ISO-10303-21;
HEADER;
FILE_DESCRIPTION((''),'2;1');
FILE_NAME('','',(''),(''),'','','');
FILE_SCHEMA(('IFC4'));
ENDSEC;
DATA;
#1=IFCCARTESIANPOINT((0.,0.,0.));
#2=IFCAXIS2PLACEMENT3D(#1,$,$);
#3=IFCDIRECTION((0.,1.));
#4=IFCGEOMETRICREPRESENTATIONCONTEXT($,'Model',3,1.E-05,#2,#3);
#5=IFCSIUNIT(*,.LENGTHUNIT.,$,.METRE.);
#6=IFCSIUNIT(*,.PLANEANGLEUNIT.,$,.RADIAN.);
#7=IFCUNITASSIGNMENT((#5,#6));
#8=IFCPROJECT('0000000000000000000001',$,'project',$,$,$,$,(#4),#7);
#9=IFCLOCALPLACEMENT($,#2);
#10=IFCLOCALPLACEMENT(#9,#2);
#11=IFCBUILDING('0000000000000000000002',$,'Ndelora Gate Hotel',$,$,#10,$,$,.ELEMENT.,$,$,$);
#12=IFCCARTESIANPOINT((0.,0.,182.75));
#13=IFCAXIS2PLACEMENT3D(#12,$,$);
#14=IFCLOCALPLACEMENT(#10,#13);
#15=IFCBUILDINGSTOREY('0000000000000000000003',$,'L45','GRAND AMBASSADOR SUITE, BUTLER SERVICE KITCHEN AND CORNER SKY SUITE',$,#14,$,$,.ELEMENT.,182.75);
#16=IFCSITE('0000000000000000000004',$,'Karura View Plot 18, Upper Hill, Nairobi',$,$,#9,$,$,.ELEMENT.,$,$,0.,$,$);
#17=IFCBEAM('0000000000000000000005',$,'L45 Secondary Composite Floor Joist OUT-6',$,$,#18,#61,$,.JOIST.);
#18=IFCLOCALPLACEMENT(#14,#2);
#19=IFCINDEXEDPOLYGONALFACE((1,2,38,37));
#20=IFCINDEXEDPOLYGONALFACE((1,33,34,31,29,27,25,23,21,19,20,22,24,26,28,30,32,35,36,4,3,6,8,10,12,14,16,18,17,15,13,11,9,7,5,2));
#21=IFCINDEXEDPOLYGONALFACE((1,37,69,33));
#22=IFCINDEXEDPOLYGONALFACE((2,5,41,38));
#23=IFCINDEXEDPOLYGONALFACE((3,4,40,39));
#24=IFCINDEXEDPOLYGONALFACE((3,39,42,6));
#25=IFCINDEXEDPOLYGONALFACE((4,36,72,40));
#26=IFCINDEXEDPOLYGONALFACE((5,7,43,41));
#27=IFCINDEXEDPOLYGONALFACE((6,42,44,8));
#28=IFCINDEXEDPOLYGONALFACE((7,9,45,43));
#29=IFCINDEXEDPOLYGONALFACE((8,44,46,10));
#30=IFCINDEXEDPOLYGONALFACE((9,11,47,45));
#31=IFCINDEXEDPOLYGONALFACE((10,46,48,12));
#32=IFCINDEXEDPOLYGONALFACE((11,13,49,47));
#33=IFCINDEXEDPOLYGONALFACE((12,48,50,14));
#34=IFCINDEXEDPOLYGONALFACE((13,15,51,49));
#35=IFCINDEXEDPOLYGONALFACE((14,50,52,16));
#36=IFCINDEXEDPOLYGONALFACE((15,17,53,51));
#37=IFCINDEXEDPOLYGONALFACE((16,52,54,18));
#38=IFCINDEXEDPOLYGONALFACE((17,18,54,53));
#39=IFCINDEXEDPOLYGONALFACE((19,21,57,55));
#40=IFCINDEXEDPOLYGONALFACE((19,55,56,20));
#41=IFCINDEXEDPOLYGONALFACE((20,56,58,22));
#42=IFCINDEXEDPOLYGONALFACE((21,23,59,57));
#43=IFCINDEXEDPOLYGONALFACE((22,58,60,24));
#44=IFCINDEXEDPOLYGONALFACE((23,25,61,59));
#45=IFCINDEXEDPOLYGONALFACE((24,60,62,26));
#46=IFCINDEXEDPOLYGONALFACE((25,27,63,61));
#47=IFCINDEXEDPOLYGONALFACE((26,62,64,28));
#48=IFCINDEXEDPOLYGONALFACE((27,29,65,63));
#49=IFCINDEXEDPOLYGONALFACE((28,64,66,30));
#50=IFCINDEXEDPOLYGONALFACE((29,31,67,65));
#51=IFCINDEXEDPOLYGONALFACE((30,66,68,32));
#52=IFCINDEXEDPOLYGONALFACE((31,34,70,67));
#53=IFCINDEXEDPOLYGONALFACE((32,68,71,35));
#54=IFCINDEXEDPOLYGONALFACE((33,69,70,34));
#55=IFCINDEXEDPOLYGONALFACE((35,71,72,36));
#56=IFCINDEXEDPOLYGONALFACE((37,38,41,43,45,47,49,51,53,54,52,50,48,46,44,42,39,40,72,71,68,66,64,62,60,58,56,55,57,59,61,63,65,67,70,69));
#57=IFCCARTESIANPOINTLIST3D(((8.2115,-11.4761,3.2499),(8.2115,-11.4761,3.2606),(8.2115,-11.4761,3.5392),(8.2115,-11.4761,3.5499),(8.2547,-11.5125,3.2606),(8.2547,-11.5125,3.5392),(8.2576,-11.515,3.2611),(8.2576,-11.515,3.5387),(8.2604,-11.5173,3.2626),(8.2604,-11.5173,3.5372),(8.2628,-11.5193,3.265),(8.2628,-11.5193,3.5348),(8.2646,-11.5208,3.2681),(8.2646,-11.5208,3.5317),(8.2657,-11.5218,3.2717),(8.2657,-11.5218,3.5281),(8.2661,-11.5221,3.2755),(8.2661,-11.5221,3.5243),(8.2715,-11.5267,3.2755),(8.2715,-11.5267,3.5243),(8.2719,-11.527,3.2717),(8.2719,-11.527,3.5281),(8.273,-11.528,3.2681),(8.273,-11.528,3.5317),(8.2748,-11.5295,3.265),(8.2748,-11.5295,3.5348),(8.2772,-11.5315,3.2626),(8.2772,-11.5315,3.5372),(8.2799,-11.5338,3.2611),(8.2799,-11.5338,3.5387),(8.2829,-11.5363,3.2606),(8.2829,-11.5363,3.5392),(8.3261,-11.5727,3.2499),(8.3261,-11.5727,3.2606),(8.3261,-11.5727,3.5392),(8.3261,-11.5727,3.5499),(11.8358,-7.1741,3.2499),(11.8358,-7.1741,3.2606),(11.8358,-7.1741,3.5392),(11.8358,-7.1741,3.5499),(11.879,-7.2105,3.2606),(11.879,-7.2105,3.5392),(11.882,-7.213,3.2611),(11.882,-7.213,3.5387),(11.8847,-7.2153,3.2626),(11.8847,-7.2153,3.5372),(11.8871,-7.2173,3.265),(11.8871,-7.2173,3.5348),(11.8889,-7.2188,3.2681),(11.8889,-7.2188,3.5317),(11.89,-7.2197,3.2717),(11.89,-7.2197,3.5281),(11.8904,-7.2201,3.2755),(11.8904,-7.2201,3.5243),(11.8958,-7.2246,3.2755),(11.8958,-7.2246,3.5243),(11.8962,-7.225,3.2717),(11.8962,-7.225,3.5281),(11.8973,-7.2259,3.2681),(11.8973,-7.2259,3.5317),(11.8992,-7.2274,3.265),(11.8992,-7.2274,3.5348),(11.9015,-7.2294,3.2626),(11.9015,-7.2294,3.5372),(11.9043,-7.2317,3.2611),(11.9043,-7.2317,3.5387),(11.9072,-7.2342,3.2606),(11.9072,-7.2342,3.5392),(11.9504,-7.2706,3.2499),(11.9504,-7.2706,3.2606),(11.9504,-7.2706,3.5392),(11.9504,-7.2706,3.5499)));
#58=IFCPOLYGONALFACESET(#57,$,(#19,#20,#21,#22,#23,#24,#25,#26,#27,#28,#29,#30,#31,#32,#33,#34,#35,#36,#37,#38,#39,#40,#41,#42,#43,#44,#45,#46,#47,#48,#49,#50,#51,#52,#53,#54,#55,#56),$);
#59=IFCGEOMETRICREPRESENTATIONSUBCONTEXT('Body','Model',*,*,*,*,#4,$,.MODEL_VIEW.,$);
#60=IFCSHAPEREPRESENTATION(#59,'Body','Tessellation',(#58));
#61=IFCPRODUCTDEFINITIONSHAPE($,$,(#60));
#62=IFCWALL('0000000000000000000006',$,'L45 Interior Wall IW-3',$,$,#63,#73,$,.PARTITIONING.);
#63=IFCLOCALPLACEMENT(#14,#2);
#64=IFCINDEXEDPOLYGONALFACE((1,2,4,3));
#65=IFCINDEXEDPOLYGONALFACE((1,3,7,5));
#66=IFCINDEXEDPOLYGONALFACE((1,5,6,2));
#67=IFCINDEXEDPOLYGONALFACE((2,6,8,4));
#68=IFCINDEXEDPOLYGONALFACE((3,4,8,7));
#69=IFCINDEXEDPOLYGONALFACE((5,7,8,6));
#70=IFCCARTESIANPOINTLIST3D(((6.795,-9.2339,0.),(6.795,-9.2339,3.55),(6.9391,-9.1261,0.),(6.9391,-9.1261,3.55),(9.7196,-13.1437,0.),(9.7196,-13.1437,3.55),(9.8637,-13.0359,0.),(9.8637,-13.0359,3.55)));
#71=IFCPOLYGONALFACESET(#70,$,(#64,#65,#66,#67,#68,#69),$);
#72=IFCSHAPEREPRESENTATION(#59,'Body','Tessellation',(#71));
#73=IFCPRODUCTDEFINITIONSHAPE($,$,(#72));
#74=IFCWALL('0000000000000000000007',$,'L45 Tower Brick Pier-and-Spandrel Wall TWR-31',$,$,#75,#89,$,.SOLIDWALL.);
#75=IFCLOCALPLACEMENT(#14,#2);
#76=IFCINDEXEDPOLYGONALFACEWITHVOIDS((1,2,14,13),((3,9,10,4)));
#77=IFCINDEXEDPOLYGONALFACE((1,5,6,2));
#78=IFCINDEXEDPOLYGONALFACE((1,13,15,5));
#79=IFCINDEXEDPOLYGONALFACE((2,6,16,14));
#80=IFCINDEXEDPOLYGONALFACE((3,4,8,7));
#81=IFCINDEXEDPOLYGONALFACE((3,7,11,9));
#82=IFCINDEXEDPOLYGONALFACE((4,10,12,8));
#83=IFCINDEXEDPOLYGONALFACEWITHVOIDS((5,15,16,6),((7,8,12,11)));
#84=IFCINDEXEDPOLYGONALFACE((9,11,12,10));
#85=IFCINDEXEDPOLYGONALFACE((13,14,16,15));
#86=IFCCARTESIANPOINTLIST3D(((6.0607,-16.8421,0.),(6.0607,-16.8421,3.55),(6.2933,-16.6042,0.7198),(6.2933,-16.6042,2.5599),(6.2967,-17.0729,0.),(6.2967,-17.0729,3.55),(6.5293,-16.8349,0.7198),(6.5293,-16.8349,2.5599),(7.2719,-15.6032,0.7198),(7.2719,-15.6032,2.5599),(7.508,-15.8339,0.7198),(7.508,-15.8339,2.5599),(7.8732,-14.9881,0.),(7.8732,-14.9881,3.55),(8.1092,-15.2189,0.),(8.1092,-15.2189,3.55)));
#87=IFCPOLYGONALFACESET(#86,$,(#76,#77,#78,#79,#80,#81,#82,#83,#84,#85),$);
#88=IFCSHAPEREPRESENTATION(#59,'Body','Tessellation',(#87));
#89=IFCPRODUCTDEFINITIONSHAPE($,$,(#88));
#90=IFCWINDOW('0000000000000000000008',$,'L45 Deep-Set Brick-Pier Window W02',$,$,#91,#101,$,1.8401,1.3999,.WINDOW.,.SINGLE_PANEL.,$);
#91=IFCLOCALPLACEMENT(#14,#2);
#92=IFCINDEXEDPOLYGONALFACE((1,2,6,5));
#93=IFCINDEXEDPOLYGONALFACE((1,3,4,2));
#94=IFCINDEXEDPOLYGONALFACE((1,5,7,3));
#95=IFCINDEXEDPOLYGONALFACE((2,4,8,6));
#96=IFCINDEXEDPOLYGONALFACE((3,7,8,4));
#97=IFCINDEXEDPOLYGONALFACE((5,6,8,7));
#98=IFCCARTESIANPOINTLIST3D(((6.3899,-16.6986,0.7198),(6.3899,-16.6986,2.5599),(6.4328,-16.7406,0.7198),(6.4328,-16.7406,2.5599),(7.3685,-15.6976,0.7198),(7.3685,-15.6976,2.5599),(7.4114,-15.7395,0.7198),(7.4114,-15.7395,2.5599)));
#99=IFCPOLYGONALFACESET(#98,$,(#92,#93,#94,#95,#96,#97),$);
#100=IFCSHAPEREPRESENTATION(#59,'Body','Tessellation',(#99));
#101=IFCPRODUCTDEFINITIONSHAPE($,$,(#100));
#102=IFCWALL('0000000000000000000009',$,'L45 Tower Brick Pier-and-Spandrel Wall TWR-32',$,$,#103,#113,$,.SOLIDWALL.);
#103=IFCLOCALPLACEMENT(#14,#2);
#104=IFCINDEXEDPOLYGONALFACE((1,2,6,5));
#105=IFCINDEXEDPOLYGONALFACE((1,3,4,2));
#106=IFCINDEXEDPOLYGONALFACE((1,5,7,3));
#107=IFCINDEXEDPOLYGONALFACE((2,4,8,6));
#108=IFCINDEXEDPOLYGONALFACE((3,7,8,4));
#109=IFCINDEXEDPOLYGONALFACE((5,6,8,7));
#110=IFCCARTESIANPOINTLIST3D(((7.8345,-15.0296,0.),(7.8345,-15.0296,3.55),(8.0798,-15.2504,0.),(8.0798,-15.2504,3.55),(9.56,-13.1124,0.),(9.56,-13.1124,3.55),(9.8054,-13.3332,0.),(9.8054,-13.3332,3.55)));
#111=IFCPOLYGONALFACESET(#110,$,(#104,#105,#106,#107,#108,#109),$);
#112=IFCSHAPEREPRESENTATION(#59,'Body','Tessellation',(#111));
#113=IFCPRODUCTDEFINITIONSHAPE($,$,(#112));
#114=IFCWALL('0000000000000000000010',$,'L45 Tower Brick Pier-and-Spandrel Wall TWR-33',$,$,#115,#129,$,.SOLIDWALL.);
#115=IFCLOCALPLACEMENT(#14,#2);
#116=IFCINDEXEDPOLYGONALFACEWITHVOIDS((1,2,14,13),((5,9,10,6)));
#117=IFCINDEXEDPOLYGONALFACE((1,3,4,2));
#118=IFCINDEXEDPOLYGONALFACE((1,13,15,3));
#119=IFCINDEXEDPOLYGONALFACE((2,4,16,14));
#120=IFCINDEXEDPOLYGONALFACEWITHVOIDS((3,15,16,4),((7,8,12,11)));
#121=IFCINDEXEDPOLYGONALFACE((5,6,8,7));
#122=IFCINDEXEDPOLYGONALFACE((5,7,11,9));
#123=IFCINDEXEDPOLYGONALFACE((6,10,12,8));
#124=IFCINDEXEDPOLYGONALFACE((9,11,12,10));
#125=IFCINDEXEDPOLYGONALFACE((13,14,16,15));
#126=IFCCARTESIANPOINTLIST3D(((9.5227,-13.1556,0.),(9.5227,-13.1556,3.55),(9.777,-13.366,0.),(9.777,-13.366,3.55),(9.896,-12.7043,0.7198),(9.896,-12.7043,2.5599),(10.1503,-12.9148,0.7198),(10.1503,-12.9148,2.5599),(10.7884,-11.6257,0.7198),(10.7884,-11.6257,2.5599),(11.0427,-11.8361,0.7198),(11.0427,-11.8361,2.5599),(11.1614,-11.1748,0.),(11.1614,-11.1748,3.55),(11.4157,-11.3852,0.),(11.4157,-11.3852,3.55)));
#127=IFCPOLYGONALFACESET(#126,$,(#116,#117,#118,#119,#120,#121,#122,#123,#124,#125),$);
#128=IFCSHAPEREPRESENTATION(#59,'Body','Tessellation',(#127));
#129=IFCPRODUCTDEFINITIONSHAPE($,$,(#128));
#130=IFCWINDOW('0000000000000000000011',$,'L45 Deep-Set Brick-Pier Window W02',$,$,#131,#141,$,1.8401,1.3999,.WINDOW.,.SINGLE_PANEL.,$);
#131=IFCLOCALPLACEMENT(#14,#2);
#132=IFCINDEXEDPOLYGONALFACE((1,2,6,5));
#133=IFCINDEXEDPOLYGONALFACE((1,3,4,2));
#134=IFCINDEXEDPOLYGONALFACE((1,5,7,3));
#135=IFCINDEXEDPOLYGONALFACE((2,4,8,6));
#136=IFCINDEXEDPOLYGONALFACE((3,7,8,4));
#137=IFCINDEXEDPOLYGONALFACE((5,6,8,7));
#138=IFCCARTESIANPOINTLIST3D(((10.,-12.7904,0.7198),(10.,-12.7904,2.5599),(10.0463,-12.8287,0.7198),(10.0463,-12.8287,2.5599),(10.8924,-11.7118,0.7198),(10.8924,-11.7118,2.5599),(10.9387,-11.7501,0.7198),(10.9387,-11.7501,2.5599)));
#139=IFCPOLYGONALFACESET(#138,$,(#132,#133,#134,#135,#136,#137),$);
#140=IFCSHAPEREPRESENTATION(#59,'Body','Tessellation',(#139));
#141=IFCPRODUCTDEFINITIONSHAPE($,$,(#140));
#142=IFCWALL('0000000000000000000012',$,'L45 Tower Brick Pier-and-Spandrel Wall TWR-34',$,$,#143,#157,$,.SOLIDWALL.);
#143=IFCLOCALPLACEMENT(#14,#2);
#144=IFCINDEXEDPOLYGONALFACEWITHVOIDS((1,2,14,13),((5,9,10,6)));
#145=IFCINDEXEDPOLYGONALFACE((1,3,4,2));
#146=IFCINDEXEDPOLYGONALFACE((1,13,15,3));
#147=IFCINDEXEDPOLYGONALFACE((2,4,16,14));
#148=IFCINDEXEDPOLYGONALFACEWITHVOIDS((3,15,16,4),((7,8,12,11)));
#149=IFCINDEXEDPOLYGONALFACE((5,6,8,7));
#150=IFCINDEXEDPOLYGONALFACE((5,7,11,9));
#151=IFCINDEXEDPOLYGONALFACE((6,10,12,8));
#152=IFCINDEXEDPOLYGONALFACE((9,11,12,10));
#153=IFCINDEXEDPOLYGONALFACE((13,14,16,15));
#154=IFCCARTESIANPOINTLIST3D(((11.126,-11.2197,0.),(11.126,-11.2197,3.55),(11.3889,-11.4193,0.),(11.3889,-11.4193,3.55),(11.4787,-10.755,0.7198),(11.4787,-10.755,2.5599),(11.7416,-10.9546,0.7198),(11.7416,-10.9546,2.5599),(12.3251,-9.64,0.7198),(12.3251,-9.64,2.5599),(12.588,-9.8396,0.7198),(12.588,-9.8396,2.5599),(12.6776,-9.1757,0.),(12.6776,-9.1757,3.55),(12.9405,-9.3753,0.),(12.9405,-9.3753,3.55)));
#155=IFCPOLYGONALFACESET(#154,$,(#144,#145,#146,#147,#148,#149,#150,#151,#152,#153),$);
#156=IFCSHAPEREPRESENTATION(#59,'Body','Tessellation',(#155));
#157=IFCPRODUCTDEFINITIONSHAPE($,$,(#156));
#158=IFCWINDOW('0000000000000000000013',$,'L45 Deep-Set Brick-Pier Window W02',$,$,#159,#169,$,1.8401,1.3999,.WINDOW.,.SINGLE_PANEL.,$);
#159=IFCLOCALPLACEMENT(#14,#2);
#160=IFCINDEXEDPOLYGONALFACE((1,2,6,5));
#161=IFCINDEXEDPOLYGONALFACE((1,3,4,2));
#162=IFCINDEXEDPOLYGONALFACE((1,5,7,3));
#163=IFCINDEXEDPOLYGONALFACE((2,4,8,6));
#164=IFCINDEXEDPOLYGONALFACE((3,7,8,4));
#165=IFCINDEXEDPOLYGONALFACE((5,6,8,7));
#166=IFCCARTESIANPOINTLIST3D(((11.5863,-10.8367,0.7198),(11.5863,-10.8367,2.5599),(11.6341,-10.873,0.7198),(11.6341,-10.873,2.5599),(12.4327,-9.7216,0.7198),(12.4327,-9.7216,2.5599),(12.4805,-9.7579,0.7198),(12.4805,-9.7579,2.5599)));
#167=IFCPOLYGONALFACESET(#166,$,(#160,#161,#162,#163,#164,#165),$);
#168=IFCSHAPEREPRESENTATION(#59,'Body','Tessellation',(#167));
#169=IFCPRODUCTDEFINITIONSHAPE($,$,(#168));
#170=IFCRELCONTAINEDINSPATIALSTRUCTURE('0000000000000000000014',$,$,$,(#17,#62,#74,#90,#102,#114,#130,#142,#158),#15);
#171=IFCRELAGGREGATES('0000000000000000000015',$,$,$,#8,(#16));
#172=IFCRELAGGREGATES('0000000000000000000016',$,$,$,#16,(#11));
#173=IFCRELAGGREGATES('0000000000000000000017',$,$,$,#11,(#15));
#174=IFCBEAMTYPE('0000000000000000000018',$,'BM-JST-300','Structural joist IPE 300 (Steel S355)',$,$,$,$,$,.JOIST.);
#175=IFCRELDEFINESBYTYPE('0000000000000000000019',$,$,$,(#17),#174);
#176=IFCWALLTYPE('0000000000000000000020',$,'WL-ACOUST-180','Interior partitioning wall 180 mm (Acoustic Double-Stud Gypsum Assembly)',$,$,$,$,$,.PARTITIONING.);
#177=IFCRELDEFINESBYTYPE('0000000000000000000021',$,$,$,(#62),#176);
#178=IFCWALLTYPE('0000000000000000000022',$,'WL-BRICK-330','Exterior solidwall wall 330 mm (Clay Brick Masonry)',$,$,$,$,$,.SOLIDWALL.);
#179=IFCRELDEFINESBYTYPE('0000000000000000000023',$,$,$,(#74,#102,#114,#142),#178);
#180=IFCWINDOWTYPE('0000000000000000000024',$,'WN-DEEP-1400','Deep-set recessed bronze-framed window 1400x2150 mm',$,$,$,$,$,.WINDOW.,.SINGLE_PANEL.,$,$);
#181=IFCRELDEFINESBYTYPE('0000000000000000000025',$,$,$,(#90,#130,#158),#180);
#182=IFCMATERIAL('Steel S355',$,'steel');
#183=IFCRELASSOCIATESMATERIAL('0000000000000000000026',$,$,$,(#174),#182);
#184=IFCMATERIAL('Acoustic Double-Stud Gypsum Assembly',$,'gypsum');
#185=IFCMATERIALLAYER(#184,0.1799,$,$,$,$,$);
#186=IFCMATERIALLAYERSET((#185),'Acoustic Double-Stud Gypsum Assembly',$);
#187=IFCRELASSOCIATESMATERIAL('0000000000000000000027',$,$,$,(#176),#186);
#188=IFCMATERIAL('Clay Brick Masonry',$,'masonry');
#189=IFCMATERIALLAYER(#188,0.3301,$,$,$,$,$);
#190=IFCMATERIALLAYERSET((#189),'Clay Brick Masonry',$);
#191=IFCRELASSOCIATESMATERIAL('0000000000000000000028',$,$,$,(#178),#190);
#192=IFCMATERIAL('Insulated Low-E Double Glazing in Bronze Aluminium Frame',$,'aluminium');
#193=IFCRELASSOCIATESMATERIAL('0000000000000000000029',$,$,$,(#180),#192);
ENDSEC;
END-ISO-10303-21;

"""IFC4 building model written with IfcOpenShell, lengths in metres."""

from ifc_helpers import new_model, si_unit, direction, frame, frame_2d, origin, origin_2d, place, context, subcontext, project, spatial, rectangle, i_section, extrude, material, layer, layer_set, material_profile, profile_set, type_object, element, fill, save


model = new_model("IFC4")

# Units and contexts
model_context = context("Model", 3, precision=1e-05, world=origin(), true_north=direction((0.0, 1.0)))
body_context = subcontext(model_context, "Body", "Model", "MODEL_VIEW")
ifc_project = project(units=[si_unit("LENGTHUNIT", "METRE"), si_unit("PLANEANGLEUNIT", "RADIAN")], contexts=[model_context])

# Site, building, storey
site_placement = place(None, origin())
site = spatial("IfcSite", under=ifc_project, at=site_placement, Name="Karura View Plot 18, Upper Hill, Nairobi", CompositionType="ELEMENT", RefElevation=0.0)
building_placement = place(site_placement, origin())
building = spatial("IfcBuilding", under=site, at=building_placement, Name="Ndelora Gate Hotel", CompositionType="ELEMENT")
storey_placement = place(building_placement, frame((0.0, 0.0, 182.75)))
storey = spatial("IfcBuildingStorey", under=building, at=storey_placement, Name="L45", Description="GRAND AMBASSADOR SUITE, BUTLER SERVICE KITCHEN AND CORNER SKY SUITE", CompositionType="ELEMENT", Elevation=182.75)

# Beam
ifc_material_1 = material(Name="Steel S355", Category="steel")
ifc_material_profile_1 = material_profile(ifc_material_1, i_section(OverallWidth=0.1499, OverallDepth=0.3, WebThickness=0.0071, FlangeThickness=0.0107, FilletRadius=0.0149, at=origin_2d()), Name="IPE 300")
ifc_profile_set_1 = profile_set([ifc_material_profile_1], Name="Steel S355")
beam_type_1 = type_object("IfcBeamType", Name="BM-JST-300", Description="Structural joist IPE 300 (Steel S355)", PredefinedType="JOIST", material=ifc_profile_set_1)
beam_1_placement = place(storey_placement, frame((8.2688, -11.5244, 3.3999), z_axis=(0.644295, 0.764777, 0.0), x_axis=(-0.764777, 0.644295, 0.0)))
element("IfcBeam", 1, at=beam_1_placement, inside=storey, type_object=beam_type_1, Name="L45 Secondary Composite Floor Joist OUT-6", PredefinedType="JOIST", context=body_context, shape_type="SweptSolid", body=[
    extrude(i_section(OverallWidth=0.1499, OverallDepth=0.3, WebThickness=0.0071, FlangeThickness=0.0107, FilletRadius=0.0149, at=origin_2d()), origin(), (0.0, 0.0, 1.0), 5.6252),
])

# Wall
ifc_material_2 = material(Name="Acoustic Double-Stud Gypsum Assembly", Category="gypsum")
ifc_layer_1 = layer(ifc_material_2, 0.1799)
ifc_layer_set_1 = layer_set([ifc_layer_1], Name="Acoustic Double-Stud Gypsum Assembly")
wall_type_1 = type_object("IfcWallType", Name="WL-ACOUST-180", Description="Interior partitioning wall 180 mm (Acoustic Double-Stud Gypsum Assembly)", PredefinedType="PARTITIONING", material=ifc_layer_set_1)
wall_1_placement = place(storey_placement, frame((6.8669, -9.1799, 0.0), z_axis=(0.0, 0.0, 1.0), x_axis=(0.598991, -0.800755, 0.0)))
element("IfcWall", 2, at=wall_1_placement, inside=storey, type_object=wall_type_1, Name="L45 Interior Wall IW-3", PredefinedType="PARTITIONING", context=body_context, shape_type="SweptSolid", body=[
    extrude(rectangle(XDim=4.8826, YDim=0.1799, at=frame_2d((2.4414, 0.0))), origin(), (0.0, 0.0, 1.0), 3.55),
])

# Wall, opening, window
ifc_material_3 = material(Name="Clay Brick Masonry", Category="masonry")
ifc_layer_2 = layer(ifc_material_3, 0.3301)
ifc_layer_set_2 = layer_set([ifc_layer_2], Name="Clay Brick Masonry")
wall_type_2 = type_object("IfcWallType", Name="WL-BRICK-330", Description="Exterior solidwall wall 330 mm (Clay Brick Masonry)", PredefinedType="SOLIDWALL", material=ifc_layer_set_2)
wall_2_placement = place(storey_placement, frame((7.9912, -15.1035, 0.0), z_axis=(0.0, 0.0, 1.0), x_axis=(-0.699058, -0.715065, 0.0)))
wall_2 = element("IfcWall", 3, at=wall_2_placement, inside=storey, type_object=wall_type_2, Name="L45 Tower Brick Pier-and-Spandrel Wall TWR-31", PredefinedType="SOLIDWALL", context=body_context, shape_type="SweptSolid", body=[
    extrude(rectangle(XDim=2.5928, YDim=0.3301, at=frame_2d((1.2964, 0.0))), origin(), (0.0, 0.0, 1.0), 3.55),
])
opening_1_placement = place(wall_2_placement, frame((0.8601, 0.0, 0.72)))
opening_1 = element("IfcOpeningElement", 4, at=opening_1_placement, cuts=wall_2, PredefinedType="OPENING", context=body_context, shape_type="SweptSolid", body=[
    extrude(rectangle(XDim=1.3999, YDim=1.8401, at=frame_2d((0.7, 0.9199))), frame((0.0, 0.175, 0.0), z_axis=(0.0, -1.0, 0.0), x_axis=(1.0, 0.0, 0.0)), (0.0, 0.0, 1.0), 0.3501),
])
ifc_material_4 = material(Name="Insulated Low-E Double Glazing in Bronze Aluminium Frame", Category="aluminium")
window_type = type_object("IfcWindowType", Name="WN-DEEP-1400", Description="Deep-set recessed bronze-framed window 1400x2150 mm", PartitioningType="SINGLE_PANEL", PredefinedType="WINDOW", material=ifc_material_4)
window_1_placement = place(opening_1_placement, origin())
window_1 = element("IfcWindow", 5, at=window_1_placement, inside=storey, type_object=window_type, Name="L45 Deep-Set Brick-Pier Window W02", OverallHeight=1.8401, OverallWidth=1.3999, PartitioningType="SINGLE_PANEL", PredefinedType="WINDOW", context=body_context, shape_type="SweptSolid", body=[
    extrude(rectangle(XDim=1.3999, YDim=1.8401, at=frame_2d((0.7, 0.9199))), frame((0.0, 0.03, 0.0), z_axis=(0.0, -1.0, 0.0), x_axis=(1.0, 0.0, 0.0)), (0.0, 0.0, 1.0), 0.0601),
])
fill(opening_1, window_1)

# Wall
wall_3_placement = place(storey_placement, frame((9.6826, -13.2229, 0.0), z_axis=(0.0, 0.0, 1.0), x_axis=(-0.66898, -0.74328, 0.0)))
element("IfcWall", 6, at=wall_3_placement, inside=storey, type_object=wall_type_2, Name="L45 Tower Brick Pier-and-Spandrel Wall TWR-32", PredefinedType="SOLIDWALL", context=body_context, shape_type="SweptSolid", body=[
    extrude(rectangle(XDim=2.5793, YDim=0.3301, at=frame_2d((1.2896, 0.0))), origin(), (0.0, 0.0, 1.0), 3.55),
])

# Walls, openings, windows
wall_4_placement = place(storey_placement, frame((11.2886, -11.28, 0.0), z_axis=(0.0, 0.0, 1.0), x_axis=(-0.637443, -0.770497, 0.0)))
wall_4 = element("IfcWall", 7, at=wall_4_placement, inside=storey, type_object=wall_type_2, Name="L45 Tower Brick Pier-and-Spandrel Wall TWR-33", PredefinedType="SOLIDWALL", context=body_context, shape_type="SweptSolid", body=[
    extrude(rectangle(XDim=2.5708, YDim=0.3301, at=frame_2d((1.2854, 0.0))), origin(), (0.0, 0.0, 1.0), 3.55),
])
opening_2_placement = place(wall_4_placement, frame((0.5852, 0.0, 0.72)))
opening_2 = element("IfcOpeningElement", 8, at=opening_2_placement, cuts=wall_4, PredefinedType="OPENING", context=body_context, shape_type="SweptSolid", body=[
    extrude(rectangle(XDim=1.3999, YDim=1.8401, at=frame_2d((0.7, 0.9199))), frame((0.0, 0.175, 0.0), z_axis=(0.0, -1.0, 0.0), x_axis=(1.0, 0.0, 0.0)), (0.0, 0.0, 1.0), 0.3501),
])
window_2_placement = place(opening_2_placement, origin())
window_2 = element("IfcWindow", 9, at=window_2_placement, inside=storey, type_object=window_type, Name="L45 Deep-Set Brick-Pier Window W02", OverallHeight=1.8401, OverallWidth=1.3999, PartitioningType="SINGLE_PANEL", PredefinedType="WINDOW", context=body_context, shape_type="SweptSolid", body=[
    extrude(rectangle(XDim=1.3999, YDim=1.8401, at=frame_2d((0.7, 0.9199))), frame((0.0, 0.03, 0.0), z_axis=(0.0, -1.0, 0.0), x_axis=(1.0, 0.0, 0.0)), (0.0, 0.0, 1.0), 0.0601),
])
fill(opening_2, window_2)
wall_5_placement = place(storey_placement, frame((12.8091, -9.2754, 0.0), z_axis=(0.0, 0.0, 1.0), x_axis=(-0.604618, -0.796516, 0.0)))
wall_5 = element("IfcWall", 10, at=wall_5_placement, inside=storey, type_object=wall_type_2, Name="L45 Tower Brick Pier-and-Spandrel Wall TWR-34", PredefinedType="SOLIDWALL", context=body_context, shape_type="SweptSolid", body=[
    extrude(rectangle(XDim=2.5662, YDim=0.3301, at=frame_2d((1.2832, 0.0))), origin(), (0.0, 0.0, 1.0), 3.55),
])
opening_3_placement = place(wall_5_placement, frame((0.583, 0.0, 0.72)))
opening_3 = element("IfcOpeningElement", 11, at=opening_3_placement, cuts=wall_5, PredefinedType="OPENING", context=body_context, shape_type="SweptSolid", body=[
    extrude(rectangle(XDim=1.3999, YDim=1.8401, at=frame_2d((0.7, 0.9199))), frame((0.0, 0.175, 0.0), z_axis=(0.0, -1.0, 0.0), x_axis=(1.0, 0.0, 0.0)), (0.0, 0.0, 1.0), 0.3501),
])
window_3_placement = place(opening_3_placement, origin())
window_3 = element("IfcWindow", 12, at=window_3_placement, inside=storey, type_object=window_type, Name="L45 Deep-Set Brick-Pier Window W02", OverallHeight=1.8401, OverallWidth=1.3999, PartitioningType="SINGLE_PANEL", PredefinedType="WINDOW", context=body_context, shape_type="SweptSolid", body=[
    extrude(rectangle(XDim=1.3999, YDim=1.8401, at=frame_2d((0.7, 0.9199))), frame((0.0, 0.03, 0.0), z_axis=(0.0, -1.0, 0.0), x_axis=(1.0, 0.0, 0.0)), (0.0, 0.0, 1.0), 0.0601),
])
fill(opening_3, window_3)

save(model, "model.ifc")
